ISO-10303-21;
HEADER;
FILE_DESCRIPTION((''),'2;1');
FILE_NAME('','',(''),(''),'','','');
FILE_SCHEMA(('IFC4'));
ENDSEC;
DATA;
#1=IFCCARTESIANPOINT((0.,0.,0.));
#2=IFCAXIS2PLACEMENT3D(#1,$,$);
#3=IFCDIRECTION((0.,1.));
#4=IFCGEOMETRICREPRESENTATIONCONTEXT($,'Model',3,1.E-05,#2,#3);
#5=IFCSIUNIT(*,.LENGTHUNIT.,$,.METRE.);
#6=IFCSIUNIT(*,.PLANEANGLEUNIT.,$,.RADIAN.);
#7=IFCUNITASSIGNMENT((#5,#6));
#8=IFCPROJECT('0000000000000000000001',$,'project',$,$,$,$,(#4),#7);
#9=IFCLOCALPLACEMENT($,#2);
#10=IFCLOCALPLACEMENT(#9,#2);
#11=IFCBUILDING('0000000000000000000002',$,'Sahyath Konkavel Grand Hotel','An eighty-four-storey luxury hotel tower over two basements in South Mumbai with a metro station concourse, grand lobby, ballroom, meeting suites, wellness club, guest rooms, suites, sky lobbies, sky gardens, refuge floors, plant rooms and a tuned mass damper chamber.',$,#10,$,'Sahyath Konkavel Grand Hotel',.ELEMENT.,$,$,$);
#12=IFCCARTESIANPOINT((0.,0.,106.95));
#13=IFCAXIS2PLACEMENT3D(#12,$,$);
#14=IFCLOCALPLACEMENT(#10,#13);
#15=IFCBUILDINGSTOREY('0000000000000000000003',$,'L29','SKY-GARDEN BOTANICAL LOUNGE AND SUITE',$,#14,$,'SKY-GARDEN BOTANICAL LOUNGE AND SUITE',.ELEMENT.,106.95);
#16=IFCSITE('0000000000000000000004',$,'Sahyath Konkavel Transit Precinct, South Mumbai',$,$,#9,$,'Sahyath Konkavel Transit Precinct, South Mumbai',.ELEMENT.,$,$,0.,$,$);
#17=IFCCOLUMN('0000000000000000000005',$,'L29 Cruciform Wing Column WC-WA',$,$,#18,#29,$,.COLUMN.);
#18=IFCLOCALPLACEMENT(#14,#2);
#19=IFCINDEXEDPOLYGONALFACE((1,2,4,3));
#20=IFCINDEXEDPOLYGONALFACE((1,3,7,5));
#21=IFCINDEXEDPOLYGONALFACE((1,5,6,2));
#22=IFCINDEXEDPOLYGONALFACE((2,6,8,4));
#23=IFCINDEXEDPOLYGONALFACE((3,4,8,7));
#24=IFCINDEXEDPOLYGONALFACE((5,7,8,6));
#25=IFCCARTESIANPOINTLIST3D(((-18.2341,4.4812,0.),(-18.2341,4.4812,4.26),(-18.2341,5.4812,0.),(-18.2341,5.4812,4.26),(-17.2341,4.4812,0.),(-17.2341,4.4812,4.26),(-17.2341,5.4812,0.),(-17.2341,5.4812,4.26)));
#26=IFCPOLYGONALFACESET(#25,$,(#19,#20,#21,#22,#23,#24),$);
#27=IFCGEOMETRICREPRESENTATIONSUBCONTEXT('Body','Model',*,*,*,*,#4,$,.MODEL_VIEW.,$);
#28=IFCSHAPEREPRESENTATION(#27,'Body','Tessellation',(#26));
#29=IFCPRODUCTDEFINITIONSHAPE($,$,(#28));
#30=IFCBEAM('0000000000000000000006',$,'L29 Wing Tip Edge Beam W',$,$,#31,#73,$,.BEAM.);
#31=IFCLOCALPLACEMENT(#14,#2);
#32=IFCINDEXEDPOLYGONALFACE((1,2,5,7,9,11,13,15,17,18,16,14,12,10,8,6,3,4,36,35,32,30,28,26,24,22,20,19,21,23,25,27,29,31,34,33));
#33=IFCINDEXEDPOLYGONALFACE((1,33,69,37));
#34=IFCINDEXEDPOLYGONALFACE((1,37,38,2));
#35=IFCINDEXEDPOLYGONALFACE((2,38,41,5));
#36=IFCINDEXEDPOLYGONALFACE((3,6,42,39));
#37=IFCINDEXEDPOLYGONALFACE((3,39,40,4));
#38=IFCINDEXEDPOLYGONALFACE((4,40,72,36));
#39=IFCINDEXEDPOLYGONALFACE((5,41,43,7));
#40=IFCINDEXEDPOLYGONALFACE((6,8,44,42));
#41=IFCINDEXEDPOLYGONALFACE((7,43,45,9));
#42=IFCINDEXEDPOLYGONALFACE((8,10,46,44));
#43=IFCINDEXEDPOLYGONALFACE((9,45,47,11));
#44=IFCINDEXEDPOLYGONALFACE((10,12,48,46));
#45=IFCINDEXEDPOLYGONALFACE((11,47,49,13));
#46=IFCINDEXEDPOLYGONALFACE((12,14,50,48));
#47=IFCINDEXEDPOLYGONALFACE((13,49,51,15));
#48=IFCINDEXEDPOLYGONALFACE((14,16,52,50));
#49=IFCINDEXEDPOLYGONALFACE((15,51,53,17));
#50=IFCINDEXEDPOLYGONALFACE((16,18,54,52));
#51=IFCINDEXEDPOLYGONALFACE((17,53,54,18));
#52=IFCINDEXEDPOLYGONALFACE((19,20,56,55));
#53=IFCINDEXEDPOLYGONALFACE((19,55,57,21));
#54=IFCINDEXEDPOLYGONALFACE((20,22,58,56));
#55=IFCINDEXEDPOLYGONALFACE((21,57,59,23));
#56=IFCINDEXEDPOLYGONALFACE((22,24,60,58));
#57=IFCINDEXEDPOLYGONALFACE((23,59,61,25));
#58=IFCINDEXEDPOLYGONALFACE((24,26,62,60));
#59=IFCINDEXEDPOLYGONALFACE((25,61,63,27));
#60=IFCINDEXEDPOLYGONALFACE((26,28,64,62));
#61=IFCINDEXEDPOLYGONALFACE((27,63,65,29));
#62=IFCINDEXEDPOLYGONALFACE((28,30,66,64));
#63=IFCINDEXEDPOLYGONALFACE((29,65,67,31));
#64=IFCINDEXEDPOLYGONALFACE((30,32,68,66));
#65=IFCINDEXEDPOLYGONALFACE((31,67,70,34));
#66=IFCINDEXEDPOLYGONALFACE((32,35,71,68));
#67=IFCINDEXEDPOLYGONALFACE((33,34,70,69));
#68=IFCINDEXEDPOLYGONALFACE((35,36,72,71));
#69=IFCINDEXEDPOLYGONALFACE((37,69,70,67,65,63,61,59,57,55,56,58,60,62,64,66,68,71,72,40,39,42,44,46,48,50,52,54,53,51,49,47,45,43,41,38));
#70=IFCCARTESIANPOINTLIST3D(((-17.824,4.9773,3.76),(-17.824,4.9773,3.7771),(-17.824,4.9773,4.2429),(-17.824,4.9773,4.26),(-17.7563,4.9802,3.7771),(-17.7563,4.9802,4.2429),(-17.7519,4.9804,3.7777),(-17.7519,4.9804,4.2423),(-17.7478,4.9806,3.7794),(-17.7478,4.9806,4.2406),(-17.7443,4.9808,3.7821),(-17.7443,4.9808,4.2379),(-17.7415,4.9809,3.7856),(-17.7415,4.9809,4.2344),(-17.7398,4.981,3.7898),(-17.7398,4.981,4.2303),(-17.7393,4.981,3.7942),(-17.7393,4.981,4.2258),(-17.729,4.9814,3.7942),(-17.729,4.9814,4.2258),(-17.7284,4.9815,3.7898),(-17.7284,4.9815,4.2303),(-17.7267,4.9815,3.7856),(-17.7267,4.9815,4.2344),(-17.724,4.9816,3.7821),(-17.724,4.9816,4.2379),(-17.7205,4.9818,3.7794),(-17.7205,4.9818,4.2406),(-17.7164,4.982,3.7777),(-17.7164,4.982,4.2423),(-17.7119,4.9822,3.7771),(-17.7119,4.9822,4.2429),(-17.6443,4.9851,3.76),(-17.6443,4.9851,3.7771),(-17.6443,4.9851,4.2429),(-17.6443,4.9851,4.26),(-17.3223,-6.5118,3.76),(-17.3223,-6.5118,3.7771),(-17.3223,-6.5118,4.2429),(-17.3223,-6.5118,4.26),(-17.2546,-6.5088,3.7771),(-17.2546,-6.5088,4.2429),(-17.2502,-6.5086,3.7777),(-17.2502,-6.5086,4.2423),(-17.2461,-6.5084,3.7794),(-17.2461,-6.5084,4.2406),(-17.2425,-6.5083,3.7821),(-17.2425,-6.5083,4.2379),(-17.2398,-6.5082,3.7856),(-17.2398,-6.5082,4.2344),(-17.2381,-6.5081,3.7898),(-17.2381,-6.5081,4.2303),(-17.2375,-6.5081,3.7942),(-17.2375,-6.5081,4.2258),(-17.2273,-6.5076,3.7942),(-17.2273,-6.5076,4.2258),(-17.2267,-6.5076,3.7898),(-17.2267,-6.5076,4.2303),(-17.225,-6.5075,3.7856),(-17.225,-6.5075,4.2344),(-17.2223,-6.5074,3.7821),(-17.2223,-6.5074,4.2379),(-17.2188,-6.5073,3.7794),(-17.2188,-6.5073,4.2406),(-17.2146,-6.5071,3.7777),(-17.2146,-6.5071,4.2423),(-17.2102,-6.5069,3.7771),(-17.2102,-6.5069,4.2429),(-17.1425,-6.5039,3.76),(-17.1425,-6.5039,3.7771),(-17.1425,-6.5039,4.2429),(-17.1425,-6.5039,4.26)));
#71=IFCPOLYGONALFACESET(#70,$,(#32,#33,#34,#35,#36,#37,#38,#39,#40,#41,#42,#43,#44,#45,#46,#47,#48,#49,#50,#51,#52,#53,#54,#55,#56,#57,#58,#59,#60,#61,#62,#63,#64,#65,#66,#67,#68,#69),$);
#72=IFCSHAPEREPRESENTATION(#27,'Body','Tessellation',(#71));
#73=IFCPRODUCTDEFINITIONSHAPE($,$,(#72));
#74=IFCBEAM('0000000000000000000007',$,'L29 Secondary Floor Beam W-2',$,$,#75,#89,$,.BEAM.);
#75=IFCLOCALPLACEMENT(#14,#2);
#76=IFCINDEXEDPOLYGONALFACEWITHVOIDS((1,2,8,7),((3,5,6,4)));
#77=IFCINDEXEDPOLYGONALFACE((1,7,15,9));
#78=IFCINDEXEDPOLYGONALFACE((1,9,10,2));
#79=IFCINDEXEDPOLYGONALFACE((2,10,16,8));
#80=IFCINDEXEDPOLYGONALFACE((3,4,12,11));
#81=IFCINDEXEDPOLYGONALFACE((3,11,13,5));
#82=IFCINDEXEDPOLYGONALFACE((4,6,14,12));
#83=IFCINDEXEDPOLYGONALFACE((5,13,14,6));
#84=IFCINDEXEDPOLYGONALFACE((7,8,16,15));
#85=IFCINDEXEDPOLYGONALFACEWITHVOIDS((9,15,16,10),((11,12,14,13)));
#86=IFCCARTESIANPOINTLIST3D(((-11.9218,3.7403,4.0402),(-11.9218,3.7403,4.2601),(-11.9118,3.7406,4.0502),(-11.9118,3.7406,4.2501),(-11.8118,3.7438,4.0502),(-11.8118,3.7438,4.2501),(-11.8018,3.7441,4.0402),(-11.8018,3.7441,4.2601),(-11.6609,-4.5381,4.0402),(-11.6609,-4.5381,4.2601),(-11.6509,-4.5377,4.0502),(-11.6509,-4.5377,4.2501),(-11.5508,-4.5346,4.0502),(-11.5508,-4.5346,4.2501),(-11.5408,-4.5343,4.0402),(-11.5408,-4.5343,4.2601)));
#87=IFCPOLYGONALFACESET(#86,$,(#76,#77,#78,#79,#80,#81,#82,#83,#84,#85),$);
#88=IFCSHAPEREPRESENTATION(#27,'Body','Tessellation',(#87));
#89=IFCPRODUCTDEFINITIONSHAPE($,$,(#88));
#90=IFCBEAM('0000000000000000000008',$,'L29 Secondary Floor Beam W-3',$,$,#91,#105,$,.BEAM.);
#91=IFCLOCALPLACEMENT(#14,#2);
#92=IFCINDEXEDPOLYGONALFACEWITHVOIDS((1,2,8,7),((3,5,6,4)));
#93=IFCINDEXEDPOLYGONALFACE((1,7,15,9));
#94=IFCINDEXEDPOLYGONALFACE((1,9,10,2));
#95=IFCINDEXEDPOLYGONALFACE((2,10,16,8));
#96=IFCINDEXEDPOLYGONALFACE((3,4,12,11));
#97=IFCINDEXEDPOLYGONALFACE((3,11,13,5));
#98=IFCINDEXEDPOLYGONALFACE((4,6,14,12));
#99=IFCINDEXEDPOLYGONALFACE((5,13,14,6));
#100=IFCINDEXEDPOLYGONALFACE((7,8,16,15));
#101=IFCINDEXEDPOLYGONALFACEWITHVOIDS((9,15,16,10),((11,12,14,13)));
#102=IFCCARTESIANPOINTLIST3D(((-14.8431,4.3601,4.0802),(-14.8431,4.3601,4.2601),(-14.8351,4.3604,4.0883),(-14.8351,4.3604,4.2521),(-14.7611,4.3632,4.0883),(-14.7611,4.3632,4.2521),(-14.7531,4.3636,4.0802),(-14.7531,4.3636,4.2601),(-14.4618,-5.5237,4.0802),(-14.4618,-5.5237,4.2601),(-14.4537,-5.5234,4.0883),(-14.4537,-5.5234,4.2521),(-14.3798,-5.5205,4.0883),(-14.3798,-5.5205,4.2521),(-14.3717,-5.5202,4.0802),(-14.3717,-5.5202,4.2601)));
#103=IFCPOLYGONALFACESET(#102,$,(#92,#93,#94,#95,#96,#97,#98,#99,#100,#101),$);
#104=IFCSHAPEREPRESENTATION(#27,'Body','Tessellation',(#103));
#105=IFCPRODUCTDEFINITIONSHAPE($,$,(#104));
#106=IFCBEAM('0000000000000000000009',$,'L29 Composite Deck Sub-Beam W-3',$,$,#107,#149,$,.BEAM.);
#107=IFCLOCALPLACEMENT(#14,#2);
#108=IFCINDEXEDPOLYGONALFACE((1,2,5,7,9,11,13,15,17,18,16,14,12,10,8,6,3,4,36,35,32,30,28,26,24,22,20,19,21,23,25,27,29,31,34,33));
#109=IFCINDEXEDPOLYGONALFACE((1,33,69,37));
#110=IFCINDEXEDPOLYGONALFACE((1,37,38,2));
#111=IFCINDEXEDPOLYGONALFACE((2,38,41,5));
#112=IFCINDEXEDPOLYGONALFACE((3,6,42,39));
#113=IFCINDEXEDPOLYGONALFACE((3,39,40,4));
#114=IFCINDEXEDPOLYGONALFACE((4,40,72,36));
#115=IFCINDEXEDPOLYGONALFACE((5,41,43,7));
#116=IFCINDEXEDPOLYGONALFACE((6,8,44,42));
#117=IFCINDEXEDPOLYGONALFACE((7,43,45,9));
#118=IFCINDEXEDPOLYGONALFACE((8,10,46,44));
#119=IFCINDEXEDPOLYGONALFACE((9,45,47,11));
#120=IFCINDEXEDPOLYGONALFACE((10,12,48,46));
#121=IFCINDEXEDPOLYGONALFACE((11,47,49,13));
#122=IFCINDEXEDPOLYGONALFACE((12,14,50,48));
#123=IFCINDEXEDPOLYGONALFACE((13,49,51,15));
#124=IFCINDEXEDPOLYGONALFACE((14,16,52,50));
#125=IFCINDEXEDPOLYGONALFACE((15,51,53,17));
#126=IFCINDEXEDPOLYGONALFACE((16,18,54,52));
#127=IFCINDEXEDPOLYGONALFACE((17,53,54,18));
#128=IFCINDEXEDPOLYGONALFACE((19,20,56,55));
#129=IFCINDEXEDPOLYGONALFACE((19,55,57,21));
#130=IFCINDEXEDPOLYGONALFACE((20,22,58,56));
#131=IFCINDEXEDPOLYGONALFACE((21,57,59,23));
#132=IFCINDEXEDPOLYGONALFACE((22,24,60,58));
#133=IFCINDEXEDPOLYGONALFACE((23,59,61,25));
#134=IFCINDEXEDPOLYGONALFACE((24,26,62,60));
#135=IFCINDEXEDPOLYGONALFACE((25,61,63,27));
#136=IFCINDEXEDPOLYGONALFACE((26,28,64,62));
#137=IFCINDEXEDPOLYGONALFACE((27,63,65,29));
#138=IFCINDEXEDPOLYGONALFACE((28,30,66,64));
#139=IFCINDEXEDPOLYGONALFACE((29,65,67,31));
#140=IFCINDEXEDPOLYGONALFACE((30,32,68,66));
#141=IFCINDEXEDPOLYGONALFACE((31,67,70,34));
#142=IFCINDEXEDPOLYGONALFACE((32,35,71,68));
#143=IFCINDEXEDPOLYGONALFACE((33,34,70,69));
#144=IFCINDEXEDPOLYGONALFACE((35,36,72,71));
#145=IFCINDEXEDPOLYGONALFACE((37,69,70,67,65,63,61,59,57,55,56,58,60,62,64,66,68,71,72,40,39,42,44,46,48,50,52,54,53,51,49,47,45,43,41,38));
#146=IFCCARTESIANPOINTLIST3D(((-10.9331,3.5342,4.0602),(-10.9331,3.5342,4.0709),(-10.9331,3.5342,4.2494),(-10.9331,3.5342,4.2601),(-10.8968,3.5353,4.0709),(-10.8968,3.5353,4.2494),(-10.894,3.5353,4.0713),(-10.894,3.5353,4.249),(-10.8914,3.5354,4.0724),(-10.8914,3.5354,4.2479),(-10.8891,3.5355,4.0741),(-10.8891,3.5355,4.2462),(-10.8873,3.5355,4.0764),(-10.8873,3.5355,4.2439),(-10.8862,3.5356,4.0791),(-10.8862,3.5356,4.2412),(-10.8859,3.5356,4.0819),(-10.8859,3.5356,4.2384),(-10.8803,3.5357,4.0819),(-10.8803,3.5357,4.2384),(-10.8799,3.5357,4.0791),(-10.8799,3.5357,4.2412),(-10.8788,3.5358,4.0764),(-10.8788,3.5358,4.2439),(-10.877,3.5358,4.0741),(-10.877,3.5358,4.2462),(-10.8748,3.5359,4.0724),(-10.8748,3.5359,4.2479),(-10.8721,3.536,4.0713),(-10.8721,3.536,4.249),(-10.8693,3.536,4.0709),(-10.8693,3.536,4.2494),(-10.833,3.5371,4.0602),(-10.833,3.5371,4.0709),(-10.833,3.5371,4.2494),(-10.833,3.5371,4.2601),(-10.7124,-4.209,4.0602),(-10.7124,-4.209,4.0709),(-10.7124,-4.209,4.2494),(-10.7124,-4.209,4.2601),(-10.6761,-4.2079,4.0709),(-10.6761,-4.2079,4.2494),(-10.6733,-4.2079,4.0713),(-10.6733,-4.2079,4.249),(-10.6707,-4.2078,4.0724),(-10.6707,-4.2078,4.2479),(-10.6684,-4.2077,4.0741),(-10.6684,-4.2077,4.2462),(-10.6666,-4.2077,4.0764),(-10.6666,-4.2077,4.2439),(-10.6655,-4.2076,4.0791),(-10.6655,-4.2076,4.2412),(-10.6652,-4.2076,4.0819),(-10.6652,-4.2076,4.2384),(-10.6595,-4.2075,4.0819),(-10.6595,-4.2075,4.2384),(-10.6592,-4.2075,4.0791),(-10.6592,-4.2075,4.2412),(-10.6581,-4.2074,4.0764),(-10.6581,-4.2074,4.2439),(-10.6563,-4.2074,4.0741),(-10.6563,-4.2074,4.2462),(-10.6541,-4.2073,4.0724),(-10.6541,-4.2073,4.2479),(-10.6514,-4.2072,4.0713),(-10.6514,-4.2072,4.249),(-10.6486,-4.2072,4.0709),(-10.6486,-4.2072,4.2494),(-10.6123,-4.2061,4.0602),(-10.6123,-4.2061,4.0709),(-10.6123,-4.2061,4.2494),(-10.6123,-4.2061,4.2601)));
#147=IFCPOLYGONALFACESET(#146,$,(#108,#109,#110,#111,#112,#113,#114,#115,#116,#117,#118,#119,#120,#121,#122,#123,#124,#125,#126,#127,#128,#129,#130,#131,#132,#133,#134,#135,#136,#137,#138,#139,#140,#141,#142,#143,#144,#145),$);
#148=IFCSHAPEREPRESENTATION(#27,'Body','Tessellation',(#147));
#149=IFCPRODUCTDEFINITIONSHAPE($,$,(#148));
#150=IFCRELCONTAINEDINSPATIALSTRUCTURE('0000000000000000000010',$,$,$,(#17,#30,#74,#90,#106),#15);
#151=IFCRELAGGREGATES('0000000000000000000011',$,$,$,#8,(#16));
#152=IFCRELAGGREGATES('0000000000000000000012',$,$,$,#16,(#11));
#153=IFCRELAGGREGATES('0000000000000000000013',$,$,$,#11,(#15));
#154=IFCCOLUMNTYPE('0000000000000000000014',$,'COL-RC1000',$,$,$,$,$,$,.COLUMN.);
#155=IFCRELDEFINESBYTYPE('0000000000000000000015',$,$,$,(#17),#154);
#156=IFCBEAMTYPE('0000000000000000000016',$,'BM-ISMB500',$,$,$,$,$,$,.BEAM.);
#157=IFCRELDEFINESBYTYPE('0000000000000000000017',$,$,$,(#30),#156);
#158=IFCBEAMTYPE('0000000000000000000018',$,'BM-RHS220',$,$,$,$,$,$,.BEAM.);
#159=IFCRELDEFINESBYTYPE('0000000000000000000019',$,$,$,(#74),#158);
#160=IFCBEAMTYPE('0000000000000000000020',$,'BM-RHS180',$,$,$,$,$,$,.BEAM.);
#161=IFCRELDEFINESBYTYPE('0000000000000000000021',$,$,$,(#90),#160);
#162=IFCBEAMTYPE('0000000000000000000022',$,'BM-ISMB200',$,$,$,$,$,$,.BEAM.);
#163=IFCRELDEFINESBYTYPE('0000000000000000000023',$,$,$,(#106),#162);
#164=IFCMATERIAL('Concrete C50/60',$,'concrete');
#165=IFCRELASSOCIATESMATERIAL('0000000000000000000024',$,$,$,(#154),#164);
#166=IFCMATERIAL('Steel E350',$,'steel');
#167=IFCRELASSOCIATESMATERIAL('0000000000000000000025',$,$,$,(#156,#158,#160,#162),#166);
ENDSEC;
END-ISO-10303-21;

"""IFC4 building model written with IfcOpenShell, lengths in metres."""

from ifc_helpers import new_model, si_unit, direction, frame, origin, origin_2d, place, context, subcontext, project, spatial, rectangle, hollow_rectangle, i_section, extrude, source, transform, mapped, material, material_profile, profile_set, type_object, element, save


model = new_model("IFC4")

# Units and contexts
model_context = context("Model", 3, precision=1e-05, world=origin(), true_north=direction((0.0, 1.0)))
body_context = subcontext(model_context, "Body", "Model", "MODEL_VIEW")
ifc_project = project(units=[si_unit("LENGTHUNIT", "METRE"), si_unit("PLANEANGLEUNIT", "RADIAN")], contexts=[model_context])

# Site, building, storey
site_placement = place(None, origin())
site = spatial("IfcSite", under=ifc_project, at=site_placement, Name="Sahyath Konkavel Transit Precinct, South Mumbai", LongName="Sahyath Konkavel Transit Precinct, South Mumbai", CompositionType="ELEMENT", RefElevation=0.0)
building_placement = place(site_placement, origin())
building = spatial("IfcBuilding", under=site, at=building_placement, Name="Sahyath Konkavel Grand Hotel", Description="An eighty-four-storey luxury hotel tower over two basements in South Mumbai with a metro station concourse, grand lobby, ballroom, meeting suites, wellness club, guest rooms, suites, sky lobbies, sky gardens, refuge floors, plant rooms and a tuned mass damper chamber.", LongName="Sahyath Konkavel Grand Hotel", CompositionType="ELEMENT")
storey_placement = place(building_placement, frame((0.0, 0.0, 106.95)))
storey = spatial("IfcBuildingStorey", under=building, at=storey_placement, Name="L29", Description="SKY-GARDEN BOTANICAL LOUNGE AND SUITE", LongName="SKY-GARDEN BOTANICAL LOUNGE AND SUITE", CompositionType="ELEMENT", Elevation=106.95)

# Column
ifc_material_1 = material(Name="Concrete C50/60", Category="concrete")
ifc_material_profile_1 = material_profile(ifc_material_1, rectangle(XDim=1.0, YDim=1.0, at=origin_2d()), Name="RC 1000x1000")
ifc_profile_set_1 = profile_set([ifc_material_profile_1], Name="Concrete C50/60")
column_type = type_object("IfcColumnType", Name="COL-RC1000", PredefinedType="COLUMN", material=ifc_profile_set_1)
shared_shape_1 = source(origin(), body_context, "Body", "SweptSolid", [
    extrude(rectangle(XDim=1.0, YDim=1.0, at=origin_2d()), origin(), (0.0, 0.0, 1.0), 4.26),
])
column_placement = place(storey_placement, frame((-17.7341, 4.9812, 0.0), z_axis=(0.0, 0.0, 1.0), x_axis=(1.0, 0.0, 0.0)))
element("IfcColumn", 1, at=column_placement, inside=storey, type_object=column_type, Name="L29 Cruciform Wing Column WC-WA", PredefinedType="COLUMN", context=body_context, shape_type="MappedRepresentation", body=[
    mapped(shared_shape_1, transform((0.0, 0.0, 0.0), scale=1.0)),
])

# Beams
ifc_material_2 = material(Name="Steel E350", Category="steel")
ifc_material_profile_2 = material_profile(ifc_material_2, i_section(OverallWidth=0.1799, OverallDepth=0.5, WebThickness=0.0103, FlangeThickness=0.0171, FilletRadius=0.0171, at=origin_2d()), Name="ISMB 500")
ifc_profile_set_2 = profile_set([ifc_material_profile_2], Name="Steel E350")
beam_type_1 = type_object("IfcBeamType", Name="BM-ISMB500", PredefinedType="BEAM", material=ifc_profile_set_2)
shared_shape_2 = source(origin(), body_context, "Body", "SweptSolid", [
    extrude(i_section(OverallWidth=0.1799, OverallDepth=0.5, WebThickness=0.0103, FlangeThickness=0.0171, FilletRadius=0.0171, at=origin_2d()), origin(), (0.0, 0.0, 1.0), 11.5),
])
beam_1_placement = place(storey_placement, frame((-17.7341, 4.9812, 4.01), z_axis=(0.043627, -0.999048, 0.0), x_axis=(0.999048, 0.043627, 0.0)))
element("IfcBeam", 2, at=beam_1_placement, inside=storey, type_object=beam_type_1, Name="L29 Wing Tip Edge Beam W", PredefinedType="BEAM", context=body_context, shape_type="MappedRepresentation", body=[
    mapped(shared_shape_2, transform((0.0, 0.0, 0.0), scale=1.0)),
])
ifc_material_profile_3 = material_profile(ifc_material_2, hollow_rectangle(XDim=0.1201, YDim=0.22, WallThickness=0.01, at=origin_2d()), Name="RHS 220x120x10")
ifc_profile_set_3 = profile_set([ifc_material_profile_3], Name="Steel E350")
beam_type_2 = type_object("IfcBeamType", Name="BM-RHS220", PredefinedType="BEAM", material=ifc_profile_set_3)
shared_shape_3 = source(origin(), body_context, "Body", "SweptSolid", [
    extrude(hollow_rectangle(XDim=0.1201, YDim=0.22, WallThickness=0.01, at=origin_2d()), origin(), (0.0, 0.0, 1.0), 8.2825),
])
beam_2_placement = place(storey_placement, frame((-11.8618, 3.7422, 4.1501), z_axis=(0.031511, -0.999503, 0.0), x_axis=(0.999503, 0.031511, 0.0)))
element("IfcBeam", 3, at=beam_2_placement, inside=storey, type_object=beam_type_2, Name="L29 Secondary Floor Beam W-2", PredefinedType="BEAM", context=body_context, shape_type="MappedRepresentation", body=[
    mapped(shared_shape_3, transform((0.0, 0.0, 0.0), scale=1.0)),
])
ifc_material_profile_4 = material_profile(ifc_material_2, hollow_rectangle(XDim=0.0901, YDim=0.1799, WallThickness=0.0081, at=origin_2d()), Name="RHS 180x90x8")
ifc_profile_set_4 = profile_set([ifc_material_profile_4], Name="Steel E350")
beam_type_3 = type_object("IfcBeamType", Name="BM-RHS180", PredefinedType="BEAM", material=ifc_profile_set_4)
shared_shape_4 = source(origin(), body_context, "Body", "SweptSolid", [
    extrude(hollow_rectangle(XDim=0.0901, YDim=0.1799, WallThickness=0.0081, at=origin_2d()), origin(), (0.0, 0.0, 1.0), 9.8911),
])
beam_3_placement = place(storey_placement, frame((-14.7981, 4.3618, 4.1702), z_axis=(0.038554, -0.999257, 0.0), x_axis=(0.999257, 0.038554, 0.0)))
element("IfcBeam", 4, at=beam_3_placement, inside=storey, type_object=beam_type_3, Name="L29 Secondary Floor Beam W-3", PredefinedType="BEAM", context=body_context, shape_type="MappedRepresentation", body=[
    mapped(shared_shape_4, transform((0.0, 0.0, 0.0), scale=1.0)),
])
ifc_material_profile_5 = material_profile(ifc_material_2, i_section(OverallWidth=0.1001, OverallDepth=0.2, WebThickness=0.0056, FlangeThickness=0.0107, FilletRadius=0.011, at=origin_2d()), Name="ISMB 200")
ifc_profile_set_5 = profile_set([ifc_material_profile_5], Name="Steel E350")
beam_type_4 = type_object("IfcBeamType", Name="BM-ISMB200", PredefinedType="BEAM", material=ifc_profile_set_5)
shared_shape_5 = source(origin(), body_context, "Body", "SweptSolid", [
    extrude(i_section(OverallWidth=0.1001, OverallDepth=0.2, WebThickness=0.0056, FlangeThickness=0.0107, FilletRadius=0.011, at=origin_2d()), origin(), (0.0, 0.0, 1.0), 7.7463),
])
beam_4_placement = place(storey_placement, frame((-10.8831, 3.5356, 4.1602), z_axis=(0.028491, -0.999594, 0.0), x_axis=(0.999594, 0.028491, 0.0)))
element("IfcBeam", 5, at=beam_4_placement, inside=storey, type_object=beam_type_4, Name="L29 Composite Deck Sub-Beam W-3", PredefinedType="BEAM", context=body_context, shape_type="MappedRepresentation", body=[
    mapped(shared_shape_5, transform((0.0, 0.0, 0.0), scale=1.0)),
])

save(model, "model.ifc")
